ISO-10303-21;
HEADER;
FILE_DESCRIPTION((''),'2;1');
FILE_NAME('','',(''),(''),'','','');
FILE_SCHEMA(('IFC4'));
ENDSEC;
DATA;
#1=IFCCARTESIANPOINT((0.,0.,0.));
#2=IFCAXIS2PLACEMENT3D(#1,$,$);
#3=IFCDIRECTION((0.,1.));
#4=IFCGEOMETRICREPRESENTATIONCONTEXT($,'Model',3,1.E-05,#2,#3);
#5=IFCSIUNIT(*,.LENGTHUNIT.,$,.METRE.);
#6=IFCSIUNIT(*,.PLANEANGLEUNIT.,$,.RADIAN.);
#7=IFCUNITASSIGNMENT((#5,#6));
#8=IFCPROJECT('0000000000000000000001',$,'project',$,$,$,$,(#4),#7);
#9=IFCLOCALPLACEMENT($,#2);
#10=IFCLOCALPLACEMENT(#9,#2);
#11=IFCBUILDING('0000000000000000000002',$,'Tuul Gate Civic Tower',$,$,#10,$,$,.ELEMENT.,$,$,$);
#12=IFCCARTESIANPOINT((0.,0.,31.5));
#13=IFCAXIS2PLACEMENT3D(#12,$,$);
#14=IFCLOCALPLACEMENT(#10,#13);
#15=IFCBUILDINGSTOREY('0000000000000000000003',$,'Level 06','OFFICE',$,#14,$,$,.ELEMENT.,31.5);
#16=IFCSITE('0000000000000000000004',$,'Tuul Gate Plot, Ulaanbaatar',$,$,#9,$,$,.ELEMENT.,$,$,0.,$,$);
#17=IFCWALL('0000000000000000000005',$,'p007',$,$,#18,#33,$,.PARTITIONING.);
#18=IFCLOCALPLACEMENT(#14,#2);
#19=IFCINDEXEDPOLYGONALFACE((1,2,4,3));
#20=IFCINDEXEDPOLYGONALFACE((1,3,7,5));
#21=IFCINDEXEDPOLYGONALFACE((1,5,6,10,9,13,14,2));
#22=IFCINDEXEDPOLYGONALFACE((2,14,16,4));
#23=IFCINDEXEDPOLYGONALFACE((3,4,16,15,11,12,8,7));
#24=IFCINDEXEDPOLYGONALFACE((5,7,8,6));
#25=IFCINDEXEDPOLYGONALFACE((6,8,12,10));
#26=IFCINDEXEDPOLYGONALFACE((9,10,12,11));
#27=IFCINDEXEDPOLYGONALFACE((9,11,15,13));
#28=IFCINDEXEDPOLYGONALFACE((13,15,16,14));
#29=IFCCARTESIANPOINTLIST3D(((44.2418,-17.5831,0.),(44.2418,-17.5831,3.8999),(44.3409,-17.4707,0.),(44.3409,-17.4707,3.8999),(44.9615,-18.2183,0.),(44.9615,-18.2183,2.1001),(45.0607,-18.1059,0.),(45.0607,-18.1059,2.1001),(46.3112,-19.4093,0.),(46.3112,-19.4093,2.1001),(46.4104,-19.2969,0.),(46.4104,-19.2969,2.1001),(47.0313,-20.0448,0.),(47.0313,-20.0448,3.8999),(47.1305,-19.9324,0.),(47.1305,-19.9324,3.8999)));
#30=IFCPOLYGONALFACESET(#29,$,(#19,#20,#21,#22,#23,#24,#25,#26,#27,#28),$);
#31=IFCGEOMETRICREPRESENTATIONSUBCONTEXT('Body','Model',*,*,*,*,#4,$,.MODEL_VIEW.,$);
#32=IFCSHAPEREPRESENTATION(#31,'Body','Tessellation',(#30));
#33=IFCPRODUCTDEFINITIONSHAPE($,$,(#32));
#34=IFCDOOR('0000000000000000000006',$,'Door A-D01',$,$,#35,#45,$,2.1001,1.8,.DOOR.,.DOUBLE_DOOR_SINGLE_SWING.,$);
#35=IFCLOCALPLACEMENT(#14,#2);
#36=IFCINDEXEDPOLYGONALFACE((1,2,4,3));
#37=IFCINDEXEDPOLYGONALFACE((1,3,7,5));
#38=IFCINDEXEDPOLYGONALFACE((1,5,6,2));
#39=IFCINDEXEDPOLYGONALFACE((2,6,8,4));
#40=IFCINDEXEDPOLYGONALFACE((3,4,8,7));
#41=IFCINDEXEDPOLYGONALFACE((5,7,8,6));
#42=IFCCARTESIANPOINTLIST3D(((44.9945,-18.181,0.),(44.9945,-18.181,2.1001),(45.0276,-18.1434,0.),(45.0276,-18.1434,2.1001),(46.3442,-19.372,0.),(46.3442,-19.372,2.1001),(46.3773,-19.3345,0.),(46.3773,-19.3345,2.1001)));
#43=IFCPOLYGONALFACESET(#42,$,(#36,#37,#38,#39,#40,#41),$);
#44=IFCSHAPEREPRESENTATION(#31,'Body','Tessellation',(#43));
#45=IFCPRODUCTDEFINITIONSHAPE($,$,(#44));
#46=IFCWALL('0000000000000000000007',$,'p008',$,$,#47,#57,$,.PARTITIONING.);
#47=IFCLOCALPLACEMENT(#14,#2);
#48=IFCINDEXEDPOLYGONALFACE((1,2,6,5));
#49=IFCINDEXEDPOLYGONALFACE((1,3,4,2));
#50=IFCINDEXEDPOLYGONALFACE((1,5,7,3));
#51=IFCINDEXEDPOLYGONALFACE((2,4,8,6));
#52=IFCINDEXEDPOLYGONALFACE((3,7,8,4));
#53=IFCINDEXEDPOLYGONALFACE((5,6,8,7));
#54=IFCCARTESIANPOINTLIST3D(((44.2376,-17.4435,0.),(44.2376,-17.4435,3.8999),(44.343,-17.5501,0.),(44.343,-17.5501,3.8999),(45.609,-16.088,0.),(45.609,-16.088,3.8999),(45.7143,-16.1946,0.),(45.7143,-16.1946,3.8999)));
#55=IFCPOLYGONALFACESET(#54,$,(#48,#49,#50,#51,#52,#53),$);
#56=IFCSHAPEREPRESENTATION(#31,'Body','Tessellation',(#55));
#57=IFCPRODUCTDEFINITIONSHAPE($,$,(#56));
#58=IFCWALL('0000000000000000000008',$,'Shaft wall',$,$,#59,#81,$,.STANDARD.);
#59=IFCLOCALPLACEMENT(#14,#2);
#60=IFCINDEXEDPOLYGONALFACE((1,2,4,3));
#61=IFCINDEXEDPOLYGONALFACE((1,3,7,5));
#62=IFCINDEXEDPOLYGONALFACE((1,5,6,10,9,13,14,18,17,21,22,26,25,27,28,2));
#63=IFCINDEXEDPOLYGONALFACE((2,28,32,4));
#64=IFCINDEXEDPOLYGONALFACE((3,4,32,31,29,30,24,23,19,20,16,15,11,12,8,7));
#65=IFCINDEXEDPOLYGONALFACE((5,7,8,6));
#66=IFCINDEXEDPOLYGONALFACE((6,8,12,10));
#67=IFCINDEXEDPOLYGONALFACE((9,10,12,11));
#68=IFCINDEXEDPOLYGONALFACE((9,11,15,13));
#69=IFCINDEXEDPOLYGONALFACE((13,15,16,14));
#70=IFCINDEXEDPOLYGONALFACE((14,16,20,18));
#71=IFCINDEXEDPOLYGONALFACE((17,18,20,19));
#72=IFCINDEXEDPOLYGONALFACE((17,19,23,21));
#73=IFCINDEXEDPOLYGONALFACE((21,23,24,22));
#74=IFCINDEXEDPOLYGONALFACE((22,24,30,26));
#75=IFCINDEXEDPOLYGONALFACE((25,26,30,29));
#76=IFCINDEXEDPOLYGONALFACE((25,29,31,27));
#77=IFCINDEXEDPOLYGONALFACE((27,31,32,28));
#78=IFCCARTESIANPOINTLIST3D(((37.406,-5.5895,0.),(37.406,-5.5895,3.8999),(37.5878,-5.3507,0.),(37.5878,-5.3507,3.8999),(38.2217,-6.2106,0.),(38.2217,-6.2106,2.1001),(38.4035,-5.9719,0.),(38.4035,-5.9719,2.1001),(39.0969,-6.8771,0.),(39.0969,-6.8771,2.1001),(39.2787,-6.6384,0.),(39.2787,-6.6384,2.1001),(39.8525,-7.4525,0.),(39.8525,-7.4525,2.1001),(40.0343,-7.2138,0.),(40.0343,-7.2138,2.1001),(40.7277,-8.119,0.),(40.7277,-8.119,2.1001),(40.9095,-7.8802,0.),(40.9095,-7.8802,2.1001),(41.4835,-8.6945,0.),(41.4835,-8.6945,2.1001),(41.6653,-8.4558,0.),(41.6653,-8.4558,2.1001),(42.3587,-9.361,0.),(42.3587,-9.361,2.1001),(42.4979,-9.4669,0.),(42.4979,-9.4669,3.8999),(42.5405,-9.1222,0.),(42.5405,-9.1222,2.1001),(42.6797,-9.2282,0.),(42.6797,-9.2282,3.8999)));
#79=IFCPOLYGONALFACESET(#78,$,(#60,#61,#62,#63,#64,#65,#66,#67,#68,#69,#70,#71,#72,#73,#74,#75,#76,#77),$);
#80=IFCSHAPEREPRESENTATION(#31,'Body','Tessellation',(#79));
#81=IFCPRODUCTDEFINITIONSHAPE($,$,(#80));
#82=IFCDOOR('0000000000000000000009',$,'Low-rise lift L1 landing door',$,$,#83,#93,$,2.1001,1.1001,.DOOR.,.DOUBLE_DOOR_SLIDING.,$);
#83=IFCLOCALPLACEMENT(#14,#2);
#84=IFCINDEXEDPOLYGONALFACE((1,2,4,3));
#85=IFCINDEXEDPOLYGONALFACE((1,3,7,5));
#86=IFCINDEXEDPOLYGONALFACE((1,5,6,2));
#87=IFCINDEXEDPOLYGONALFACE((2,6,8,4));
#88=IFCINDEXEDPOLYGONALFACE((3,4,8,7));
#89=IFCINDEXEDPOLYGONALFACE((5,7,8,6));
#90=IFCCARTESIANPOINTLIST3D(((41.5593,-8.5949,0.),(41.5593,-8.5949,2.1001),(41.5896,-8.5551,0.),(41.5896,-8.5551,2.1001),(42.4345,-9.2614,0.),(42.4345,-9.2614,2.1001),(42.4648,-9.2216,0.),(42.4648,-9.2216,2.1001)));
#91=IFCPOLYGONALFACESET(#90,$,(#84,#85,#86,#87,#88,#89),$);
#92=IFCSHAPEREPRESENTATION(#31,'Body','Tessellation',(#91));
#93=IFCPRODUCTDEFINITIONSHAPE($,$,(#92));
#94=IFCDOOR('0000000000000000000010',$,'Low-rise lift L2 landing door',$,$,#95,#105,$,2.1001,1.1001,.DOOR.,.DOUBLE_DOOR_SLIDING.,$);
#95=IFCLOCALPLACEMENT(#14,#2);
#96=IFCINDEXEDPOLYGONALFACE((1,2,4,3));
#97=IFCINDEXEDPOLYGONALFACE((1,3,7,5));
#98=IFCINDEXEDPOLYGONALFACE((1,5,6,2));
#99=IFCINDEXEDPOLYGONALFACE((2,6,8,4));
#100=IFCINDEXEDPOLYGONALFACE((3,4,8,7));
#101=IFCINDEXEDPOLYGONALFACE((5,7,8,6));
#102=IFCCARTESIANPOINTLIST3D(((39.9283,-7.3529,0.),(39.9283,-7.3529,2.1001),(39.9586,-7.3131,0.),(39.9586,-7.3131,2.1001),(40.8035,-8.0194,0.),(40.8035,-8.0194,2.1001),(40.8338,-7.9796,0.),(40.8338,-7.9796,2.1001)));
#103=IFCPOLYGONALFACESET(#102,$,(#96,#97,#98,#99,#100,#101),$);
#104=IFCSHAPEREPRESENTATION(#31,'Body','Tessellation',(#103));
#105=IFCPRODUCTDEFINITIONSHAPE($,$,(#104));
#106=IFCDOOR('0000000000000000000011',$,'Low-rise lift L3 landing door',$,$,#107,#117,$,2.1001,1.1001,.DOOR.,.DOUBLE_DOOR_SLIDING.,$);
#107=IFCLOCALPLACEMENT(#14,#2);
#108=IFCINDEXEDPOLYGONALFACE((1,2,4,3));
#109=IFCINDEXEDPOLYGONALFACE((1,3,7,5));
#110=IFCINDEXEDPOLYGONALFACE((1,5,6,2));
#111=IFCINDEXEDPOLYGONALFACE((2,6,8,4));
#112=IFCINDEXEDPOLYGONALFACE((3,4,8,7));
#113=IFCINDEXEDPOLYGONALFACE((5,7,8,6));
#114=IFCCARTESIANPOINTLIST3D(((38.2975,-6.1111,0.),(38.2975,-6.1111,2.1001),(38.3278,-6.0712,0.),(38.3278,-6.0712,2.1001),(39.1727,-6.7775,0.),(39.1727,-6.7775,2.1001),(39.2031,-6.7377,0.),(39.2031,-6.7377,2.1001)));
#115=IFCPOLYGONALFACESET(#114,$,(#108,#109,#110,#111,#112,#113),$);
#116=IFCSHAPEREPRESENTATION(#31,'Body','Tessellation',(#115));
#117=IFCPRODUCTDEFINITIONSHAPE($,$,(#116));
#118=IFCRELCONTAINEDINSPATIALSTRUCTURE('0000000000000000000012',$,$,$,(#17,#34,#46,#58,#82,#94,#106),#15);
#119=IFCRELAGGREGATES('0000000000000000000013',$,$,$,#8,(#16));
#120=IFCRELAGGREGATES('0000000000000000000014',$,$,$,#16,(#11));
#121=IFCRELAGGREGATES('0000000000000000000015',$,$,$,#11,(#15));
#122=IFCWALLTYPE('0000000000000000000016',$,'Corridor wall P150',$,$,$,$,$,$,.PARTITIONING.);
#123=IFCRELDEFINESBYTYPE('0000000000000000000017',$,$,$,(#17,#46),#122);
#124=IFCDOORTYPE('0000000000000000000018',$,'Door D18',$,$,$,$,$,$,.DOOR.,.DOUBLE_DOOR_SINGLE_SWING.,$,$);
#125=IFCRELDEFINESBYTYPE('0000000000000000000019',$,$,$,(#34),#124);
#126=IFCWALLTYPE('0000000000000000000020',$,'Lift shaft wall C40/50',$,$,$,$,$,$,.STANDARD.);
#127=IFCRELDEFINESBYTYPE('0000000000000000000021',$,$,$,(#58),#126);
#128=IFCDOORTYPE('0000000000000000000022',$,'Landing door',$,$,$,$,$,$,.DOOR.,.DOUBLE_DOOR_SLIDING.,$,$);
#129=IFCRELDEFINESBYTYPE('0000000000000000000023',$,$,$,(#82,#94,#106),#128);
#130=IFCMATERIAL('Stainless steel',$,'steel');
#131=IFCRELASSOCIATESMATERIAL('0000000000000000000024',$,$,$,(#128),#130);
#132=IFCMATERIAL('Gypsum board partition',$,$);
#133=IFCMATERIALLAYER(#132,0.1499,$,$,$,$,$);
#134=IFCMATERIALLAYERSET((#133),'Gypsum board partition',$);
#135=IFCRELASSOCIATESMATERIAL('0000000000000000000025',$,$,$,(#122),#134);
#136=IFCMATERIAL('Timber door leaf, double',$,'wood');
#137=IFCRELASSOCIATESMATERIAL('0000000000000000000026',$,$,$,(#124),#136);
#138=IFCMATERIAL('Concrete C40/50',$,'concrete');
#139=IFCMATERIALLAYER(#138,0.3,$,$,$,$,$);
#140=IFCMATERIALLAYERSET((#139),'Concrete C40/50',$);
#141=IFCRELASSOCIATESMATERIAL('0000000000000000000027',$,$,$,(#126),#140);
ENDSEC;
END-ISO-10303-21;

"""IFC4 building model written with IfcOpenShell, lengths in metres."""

from ifc_helpers import new_model, si_unit, direction, frame, frame_2d, origin, place, context, subcontext, project, spatial, rectangle, extrude, material, layer, layer_set, type_object, element, fill, save


model = new_model("IFC4")

# Units and contexts
model_context = context("Model", 3, precision=1e-05, world=origin(), true_north=direction((0.0, 1.0)))
body_context = subcontext(model_context, "Body", "Model", "MODEL_VIEW")
ifc_project = project(units=[si_unit("LENGTHUNIT", "METRE"), si_unit("PLANEANGLEUNIT", "RADIAN")], contexts=[model_context])

# Site, building, storey
site_placement = place(None, origin())
site = spatial("IfcSite", under=ifc_project, at=site_placement, Name="Tuul Gate Plot, Ulaanbaatar", CompositionType="ELEMENT", RefElevation=0.0)
building_placement = place(site_placement, origin())
building = spatial("IfcBuilding", under=site, at=building_placement, Name="Tuul Gate Civic Tower", CompositionType="ELEMENT")
storey_placement = place(building_placement, frame((0.0, 0.0, 31.5)))
storey = spatial("IfcBuildingStorey", under=building, at=storey_placement, Name="Level 06", Description="OFFICE", CompositionType="ELEMENT", Elevation=31.5)

# Shared definitions
ifc_material_1 = material(Name="Stainless steel", Category="steel")
door_type_1 = type_object("IfcDoorType", Name="Landing door", OperationType="DOUBLE_DOOR_SLIDING", PredefinedType="DOOR", material=ifc_material_1)

# Wall, opening, door
ifc_material_2 = material(Name="Gypsum board partition")
ifc_layer_1 = layer(ifc_material_2, 0.1499)
ifc_layer_set_1 = layer_set([ifc_layer_1], Name="Gypsum board partition")
wall_type_1 = type_object("IfcWallType", Name="Corridor wall P150", PredefinedType="PARTITIONING", material=ifc_layer_set_1)
wall_1_placement = place(storey_placement, frame((44.2913, -17.5269, 0.0), z_axis=(0.0, 0.0, 1.0), x_axis=(0.749798, -0.661667, 0.0)))
wall_1 = element("IfcWall", 1, at=wall_1_placement, inside=storey, type_object=wall_type_1, Name="p007", PredefinedType="PARTITIONING", context=body_context, shape_type="SweptSolid", body=[
    extrude(rectangle(XDim=3.7205, YDim=0.1499, at=frame_2d((1.8604, 0.0))), origin(), (0.0, 0.0, 1.0), 3.8999),
])
opening_1_placement = place(wall_1_placement, frame((0.9602, 0.0, 0.0)))
opening_1 = element("IfcOpeningElement", 2, at=opening_1_placement, cuts=wall_1, PredefinedType="OPENING", context=body_context, shape_type="SweptSolid", body=[
    extrude(rectangle(XDim=1.8, YDim=2.1001, at=frame_2d((0.8999, 1.05))), frame((0.0, 0.085, 0.0), z_axis=(0.0, -1.0, 0.0), x_axis=(1.0, 0.0, 0.0)), (0.0, 0.0, 1.0), 0.1699),
])
ifc_material_3 = material(Name="Timber door leaf, double", Category="wood")
door_type_2 = type_object("IfcDoorType", Name="Door D18", OperationType="DOUBLE_DOOR_SINGLE_SWING", PredefinedType="DOOR", material=ifc_material_3)
door_1_placement = place(opening_1_placement, origin())
door_1 = element("IfcDoor", 3, at=door_1_placement, inside=storey, type_object=door_type_2, Name="Door A-D01", OperationType="DOUBLE_DOOR_SINGLE_SWING", OverallHeight=2.1001, OverallWidth=1.8, PredefinedType="DOOR", context=body_context, shape_type="SweptSolid", body=[
    extrude(rectangle(XDim=1.8, YDim=2.1001, at=frame_2d((0.8999, 1.05))), frame((0.0, 0.0249, 0.0), z_axis=(0.0, -1.0, 0.0), x_axis=(1.0, 0.0, 0.0)), (0.0, 0.0, 1.0), 0.05),
])
fill(opening_1, door_1)

# Wall
wall_2_placement = place(storey_placement, frame((44.2903, -17.4968, 0.0), z_axis=(0.0, 0.0, 1.0), x_axis=(0.71121, 0.70298, 0.0)))
element("IfcWall", 4, at=wall_2_placement, inside=storey, type_object=wall_type_1, Name="p008", PredefinedType="PARTITIONING", context=body_context, shape_type="SweptSolid", body=[
    extrude(rectangle(XDim=1.9282, YDim=0.1499, at=frame_2d((0.9641, 0.0))), origin(), (0.0, 0.0, 1.0), 3.8999),
])

# Wall, openings, doors
ifc_material_4 = material(Name="Concrete C40/50", Category="concrete")
ifc_layer_2 = layer(ifc_material_4, 0.3)
ifc_layer_set_2 = layer_set([ifc_layer_2], Name="Concrete C40/50")
wall_type_2 = type_object("IfcWallType", Name="Lift shaft wall C40/50", PredefinedType="STANDARD", material=ifc_layer_set_2)
wall_3_placement = place(storey_placement, frame((42.5889, -9.3477, 0.0), z_axis=(0.0, 0.0, 1.0), x_axis=(-0.795584, 0.605843, 0.0)))
wall_3 = element("IfcWall", 5, at=wall_3_placement, inside=storey, type_object=wall_type_2, Name="Shaft wall", PredefinedType="STANDARD", context=body_context, shape_type="SweptSolid", body=[
    extrude(rectangle(XDim=6.4001, YDim=0.3, at=frame_2d((3.2002, 0.0))), origin(), (0.0, 0.0, 1.0), 3.8999),
])
opening_2_placement = place(wall_3_placement, frame((0.175, 0.0, 0.0)))
opening_2 = element("IfcOpeningElement", 6, at=opening_2_placement, cuts=wall_3, PredefinedType="OPENING", context=body_context, shape_type="SweptSolid", body=[
    extrude(rectangle(XDim=1.1001, YDim=2.1001, at=frame_2d((0.55, 1.05))), frame((0.0, 0.1602, 0.0), z_axis=(0.0, -1.0, 0.0), x_axis=(1.0, 0.0, 0.0)), (0.0, 0.0, 1.0), 0.3201),
])
opening_3_placement = place(wall_3_placement, frame((2.2251, 0.0, 0.0)))
opening_3 = element("IfcOpeningElement", 7, at=opening_3_placement, cuts=wall_3, PredefinedType="OPENING", context=body_context, shape_type="SweptSolid", body=[
    extrude(rectangle(XDim=1.1001, YDim=2.1001, at=frame_2d((0.55, 1.05))), frame((0.0, 0.1602, 0.0), z_axis=(0.0, -1.0, 0.0), x_axis=(1.0, 0.0, 0.0)), (0.0, 0.0, 1.0), 0.3201),
])
opening_4_placement = place(wall_3_placement, frame((4.2749, 0.0, 0.0)))
opening_4 = element("IfcOpeningElement", 8, at=opening_4_placement, cuts=wall_3, PredefinedType="OPENING", context=body_context, shape_type="SweptSolid", body=[
    extrude(rectangle(XDim=1.1001, YDim=2.1001, at=frame_2d((0.55, 1.05))), frame((0.0, 0.1602, 0.0), z_axis=(0.0, -1.0, 0.0), x_axis=(1.0, 0.0, 0.0)), (0.0, 0.0, 1.0), 0.3201),
])
door_2_placement = place(opening_2_placement, origin())
door_2 = element("IfcDoor", 9, at=door_2_placement, inside=storey, type_object=door_type_1, Name="Low-rise lift L1 landing door", OperationType="DOUBLE_DOOR_SLIDING", OverallHeight=2.1001, OverallWidth=1.1001, PredefinedType="DOOR", context=body_context, shape_type="SweptSolid", body=[
    extrude(rectangle(XDim=1.1001, YDim=2.1001, at=frame_2d((0.55, 1.05))), frame((0.0, 0.0249, 0.0), z_axis=(0.0, -1.0, 0.0), x_axis=(1.0, 0.0, 0.0)), (0.0, 0.0, 1.0), 0.05),
])
fill(opening_2, door_2)
door_3_placement = place(opening_3_placement, origin())
door_3 = element("IfcDoor", 10, at=door_3_placement, inside=storey, type_object=door_type_1, Name="Low-rise lift L2 landing door", OperationType="DOUBLE_DOOR_SLIDING", OverallHeight=2.1001, OverallWidth=1.1001, PredefinedType="DOOR", context=body_context, shape_type="SweptSolid", body=[
    extrude(rectangle(XDim=1.1001, YDim=2.1001, at=frame_2d((0.55, 1.05))), frame((0.0, 0.0249, 0.0), z_axis=(0.0, -1.0, 0.0), x_axis=(1.0, 0.0, 0.0)), (0.0, 0.0, 1.0), 0.05),
])
fill(opening_3, door_3)
door_4_placement = place(opening_4_placement, origin())
door_4 = element("IfcDoor", 11, at=door_4_placement, inside=storey, type_object=door_type_1, Name="Low-rise lift L3 landing door", OperationType="DOUBLE_DOOR_SLIDING", OverallHeight=2.1001, OverallWidth=1.1001, PredefinedType="DOOR", context=body_context, shape_type="SweptSolid", body=[
    extrude(rectangle(XDim=1.1001, YDim=2.1001, at=frame_2d((0.55, 1.05))), frame((0.0, 0.0249, 0.0), z_axis=(0.0, -1.0, 0.0), x_axis=(1.0, 0.0, 0.0)), (0.0, 0.0, 1.0), 0.05),
])
fill(opening_4, door_4)

save(model, "model.ifc")
